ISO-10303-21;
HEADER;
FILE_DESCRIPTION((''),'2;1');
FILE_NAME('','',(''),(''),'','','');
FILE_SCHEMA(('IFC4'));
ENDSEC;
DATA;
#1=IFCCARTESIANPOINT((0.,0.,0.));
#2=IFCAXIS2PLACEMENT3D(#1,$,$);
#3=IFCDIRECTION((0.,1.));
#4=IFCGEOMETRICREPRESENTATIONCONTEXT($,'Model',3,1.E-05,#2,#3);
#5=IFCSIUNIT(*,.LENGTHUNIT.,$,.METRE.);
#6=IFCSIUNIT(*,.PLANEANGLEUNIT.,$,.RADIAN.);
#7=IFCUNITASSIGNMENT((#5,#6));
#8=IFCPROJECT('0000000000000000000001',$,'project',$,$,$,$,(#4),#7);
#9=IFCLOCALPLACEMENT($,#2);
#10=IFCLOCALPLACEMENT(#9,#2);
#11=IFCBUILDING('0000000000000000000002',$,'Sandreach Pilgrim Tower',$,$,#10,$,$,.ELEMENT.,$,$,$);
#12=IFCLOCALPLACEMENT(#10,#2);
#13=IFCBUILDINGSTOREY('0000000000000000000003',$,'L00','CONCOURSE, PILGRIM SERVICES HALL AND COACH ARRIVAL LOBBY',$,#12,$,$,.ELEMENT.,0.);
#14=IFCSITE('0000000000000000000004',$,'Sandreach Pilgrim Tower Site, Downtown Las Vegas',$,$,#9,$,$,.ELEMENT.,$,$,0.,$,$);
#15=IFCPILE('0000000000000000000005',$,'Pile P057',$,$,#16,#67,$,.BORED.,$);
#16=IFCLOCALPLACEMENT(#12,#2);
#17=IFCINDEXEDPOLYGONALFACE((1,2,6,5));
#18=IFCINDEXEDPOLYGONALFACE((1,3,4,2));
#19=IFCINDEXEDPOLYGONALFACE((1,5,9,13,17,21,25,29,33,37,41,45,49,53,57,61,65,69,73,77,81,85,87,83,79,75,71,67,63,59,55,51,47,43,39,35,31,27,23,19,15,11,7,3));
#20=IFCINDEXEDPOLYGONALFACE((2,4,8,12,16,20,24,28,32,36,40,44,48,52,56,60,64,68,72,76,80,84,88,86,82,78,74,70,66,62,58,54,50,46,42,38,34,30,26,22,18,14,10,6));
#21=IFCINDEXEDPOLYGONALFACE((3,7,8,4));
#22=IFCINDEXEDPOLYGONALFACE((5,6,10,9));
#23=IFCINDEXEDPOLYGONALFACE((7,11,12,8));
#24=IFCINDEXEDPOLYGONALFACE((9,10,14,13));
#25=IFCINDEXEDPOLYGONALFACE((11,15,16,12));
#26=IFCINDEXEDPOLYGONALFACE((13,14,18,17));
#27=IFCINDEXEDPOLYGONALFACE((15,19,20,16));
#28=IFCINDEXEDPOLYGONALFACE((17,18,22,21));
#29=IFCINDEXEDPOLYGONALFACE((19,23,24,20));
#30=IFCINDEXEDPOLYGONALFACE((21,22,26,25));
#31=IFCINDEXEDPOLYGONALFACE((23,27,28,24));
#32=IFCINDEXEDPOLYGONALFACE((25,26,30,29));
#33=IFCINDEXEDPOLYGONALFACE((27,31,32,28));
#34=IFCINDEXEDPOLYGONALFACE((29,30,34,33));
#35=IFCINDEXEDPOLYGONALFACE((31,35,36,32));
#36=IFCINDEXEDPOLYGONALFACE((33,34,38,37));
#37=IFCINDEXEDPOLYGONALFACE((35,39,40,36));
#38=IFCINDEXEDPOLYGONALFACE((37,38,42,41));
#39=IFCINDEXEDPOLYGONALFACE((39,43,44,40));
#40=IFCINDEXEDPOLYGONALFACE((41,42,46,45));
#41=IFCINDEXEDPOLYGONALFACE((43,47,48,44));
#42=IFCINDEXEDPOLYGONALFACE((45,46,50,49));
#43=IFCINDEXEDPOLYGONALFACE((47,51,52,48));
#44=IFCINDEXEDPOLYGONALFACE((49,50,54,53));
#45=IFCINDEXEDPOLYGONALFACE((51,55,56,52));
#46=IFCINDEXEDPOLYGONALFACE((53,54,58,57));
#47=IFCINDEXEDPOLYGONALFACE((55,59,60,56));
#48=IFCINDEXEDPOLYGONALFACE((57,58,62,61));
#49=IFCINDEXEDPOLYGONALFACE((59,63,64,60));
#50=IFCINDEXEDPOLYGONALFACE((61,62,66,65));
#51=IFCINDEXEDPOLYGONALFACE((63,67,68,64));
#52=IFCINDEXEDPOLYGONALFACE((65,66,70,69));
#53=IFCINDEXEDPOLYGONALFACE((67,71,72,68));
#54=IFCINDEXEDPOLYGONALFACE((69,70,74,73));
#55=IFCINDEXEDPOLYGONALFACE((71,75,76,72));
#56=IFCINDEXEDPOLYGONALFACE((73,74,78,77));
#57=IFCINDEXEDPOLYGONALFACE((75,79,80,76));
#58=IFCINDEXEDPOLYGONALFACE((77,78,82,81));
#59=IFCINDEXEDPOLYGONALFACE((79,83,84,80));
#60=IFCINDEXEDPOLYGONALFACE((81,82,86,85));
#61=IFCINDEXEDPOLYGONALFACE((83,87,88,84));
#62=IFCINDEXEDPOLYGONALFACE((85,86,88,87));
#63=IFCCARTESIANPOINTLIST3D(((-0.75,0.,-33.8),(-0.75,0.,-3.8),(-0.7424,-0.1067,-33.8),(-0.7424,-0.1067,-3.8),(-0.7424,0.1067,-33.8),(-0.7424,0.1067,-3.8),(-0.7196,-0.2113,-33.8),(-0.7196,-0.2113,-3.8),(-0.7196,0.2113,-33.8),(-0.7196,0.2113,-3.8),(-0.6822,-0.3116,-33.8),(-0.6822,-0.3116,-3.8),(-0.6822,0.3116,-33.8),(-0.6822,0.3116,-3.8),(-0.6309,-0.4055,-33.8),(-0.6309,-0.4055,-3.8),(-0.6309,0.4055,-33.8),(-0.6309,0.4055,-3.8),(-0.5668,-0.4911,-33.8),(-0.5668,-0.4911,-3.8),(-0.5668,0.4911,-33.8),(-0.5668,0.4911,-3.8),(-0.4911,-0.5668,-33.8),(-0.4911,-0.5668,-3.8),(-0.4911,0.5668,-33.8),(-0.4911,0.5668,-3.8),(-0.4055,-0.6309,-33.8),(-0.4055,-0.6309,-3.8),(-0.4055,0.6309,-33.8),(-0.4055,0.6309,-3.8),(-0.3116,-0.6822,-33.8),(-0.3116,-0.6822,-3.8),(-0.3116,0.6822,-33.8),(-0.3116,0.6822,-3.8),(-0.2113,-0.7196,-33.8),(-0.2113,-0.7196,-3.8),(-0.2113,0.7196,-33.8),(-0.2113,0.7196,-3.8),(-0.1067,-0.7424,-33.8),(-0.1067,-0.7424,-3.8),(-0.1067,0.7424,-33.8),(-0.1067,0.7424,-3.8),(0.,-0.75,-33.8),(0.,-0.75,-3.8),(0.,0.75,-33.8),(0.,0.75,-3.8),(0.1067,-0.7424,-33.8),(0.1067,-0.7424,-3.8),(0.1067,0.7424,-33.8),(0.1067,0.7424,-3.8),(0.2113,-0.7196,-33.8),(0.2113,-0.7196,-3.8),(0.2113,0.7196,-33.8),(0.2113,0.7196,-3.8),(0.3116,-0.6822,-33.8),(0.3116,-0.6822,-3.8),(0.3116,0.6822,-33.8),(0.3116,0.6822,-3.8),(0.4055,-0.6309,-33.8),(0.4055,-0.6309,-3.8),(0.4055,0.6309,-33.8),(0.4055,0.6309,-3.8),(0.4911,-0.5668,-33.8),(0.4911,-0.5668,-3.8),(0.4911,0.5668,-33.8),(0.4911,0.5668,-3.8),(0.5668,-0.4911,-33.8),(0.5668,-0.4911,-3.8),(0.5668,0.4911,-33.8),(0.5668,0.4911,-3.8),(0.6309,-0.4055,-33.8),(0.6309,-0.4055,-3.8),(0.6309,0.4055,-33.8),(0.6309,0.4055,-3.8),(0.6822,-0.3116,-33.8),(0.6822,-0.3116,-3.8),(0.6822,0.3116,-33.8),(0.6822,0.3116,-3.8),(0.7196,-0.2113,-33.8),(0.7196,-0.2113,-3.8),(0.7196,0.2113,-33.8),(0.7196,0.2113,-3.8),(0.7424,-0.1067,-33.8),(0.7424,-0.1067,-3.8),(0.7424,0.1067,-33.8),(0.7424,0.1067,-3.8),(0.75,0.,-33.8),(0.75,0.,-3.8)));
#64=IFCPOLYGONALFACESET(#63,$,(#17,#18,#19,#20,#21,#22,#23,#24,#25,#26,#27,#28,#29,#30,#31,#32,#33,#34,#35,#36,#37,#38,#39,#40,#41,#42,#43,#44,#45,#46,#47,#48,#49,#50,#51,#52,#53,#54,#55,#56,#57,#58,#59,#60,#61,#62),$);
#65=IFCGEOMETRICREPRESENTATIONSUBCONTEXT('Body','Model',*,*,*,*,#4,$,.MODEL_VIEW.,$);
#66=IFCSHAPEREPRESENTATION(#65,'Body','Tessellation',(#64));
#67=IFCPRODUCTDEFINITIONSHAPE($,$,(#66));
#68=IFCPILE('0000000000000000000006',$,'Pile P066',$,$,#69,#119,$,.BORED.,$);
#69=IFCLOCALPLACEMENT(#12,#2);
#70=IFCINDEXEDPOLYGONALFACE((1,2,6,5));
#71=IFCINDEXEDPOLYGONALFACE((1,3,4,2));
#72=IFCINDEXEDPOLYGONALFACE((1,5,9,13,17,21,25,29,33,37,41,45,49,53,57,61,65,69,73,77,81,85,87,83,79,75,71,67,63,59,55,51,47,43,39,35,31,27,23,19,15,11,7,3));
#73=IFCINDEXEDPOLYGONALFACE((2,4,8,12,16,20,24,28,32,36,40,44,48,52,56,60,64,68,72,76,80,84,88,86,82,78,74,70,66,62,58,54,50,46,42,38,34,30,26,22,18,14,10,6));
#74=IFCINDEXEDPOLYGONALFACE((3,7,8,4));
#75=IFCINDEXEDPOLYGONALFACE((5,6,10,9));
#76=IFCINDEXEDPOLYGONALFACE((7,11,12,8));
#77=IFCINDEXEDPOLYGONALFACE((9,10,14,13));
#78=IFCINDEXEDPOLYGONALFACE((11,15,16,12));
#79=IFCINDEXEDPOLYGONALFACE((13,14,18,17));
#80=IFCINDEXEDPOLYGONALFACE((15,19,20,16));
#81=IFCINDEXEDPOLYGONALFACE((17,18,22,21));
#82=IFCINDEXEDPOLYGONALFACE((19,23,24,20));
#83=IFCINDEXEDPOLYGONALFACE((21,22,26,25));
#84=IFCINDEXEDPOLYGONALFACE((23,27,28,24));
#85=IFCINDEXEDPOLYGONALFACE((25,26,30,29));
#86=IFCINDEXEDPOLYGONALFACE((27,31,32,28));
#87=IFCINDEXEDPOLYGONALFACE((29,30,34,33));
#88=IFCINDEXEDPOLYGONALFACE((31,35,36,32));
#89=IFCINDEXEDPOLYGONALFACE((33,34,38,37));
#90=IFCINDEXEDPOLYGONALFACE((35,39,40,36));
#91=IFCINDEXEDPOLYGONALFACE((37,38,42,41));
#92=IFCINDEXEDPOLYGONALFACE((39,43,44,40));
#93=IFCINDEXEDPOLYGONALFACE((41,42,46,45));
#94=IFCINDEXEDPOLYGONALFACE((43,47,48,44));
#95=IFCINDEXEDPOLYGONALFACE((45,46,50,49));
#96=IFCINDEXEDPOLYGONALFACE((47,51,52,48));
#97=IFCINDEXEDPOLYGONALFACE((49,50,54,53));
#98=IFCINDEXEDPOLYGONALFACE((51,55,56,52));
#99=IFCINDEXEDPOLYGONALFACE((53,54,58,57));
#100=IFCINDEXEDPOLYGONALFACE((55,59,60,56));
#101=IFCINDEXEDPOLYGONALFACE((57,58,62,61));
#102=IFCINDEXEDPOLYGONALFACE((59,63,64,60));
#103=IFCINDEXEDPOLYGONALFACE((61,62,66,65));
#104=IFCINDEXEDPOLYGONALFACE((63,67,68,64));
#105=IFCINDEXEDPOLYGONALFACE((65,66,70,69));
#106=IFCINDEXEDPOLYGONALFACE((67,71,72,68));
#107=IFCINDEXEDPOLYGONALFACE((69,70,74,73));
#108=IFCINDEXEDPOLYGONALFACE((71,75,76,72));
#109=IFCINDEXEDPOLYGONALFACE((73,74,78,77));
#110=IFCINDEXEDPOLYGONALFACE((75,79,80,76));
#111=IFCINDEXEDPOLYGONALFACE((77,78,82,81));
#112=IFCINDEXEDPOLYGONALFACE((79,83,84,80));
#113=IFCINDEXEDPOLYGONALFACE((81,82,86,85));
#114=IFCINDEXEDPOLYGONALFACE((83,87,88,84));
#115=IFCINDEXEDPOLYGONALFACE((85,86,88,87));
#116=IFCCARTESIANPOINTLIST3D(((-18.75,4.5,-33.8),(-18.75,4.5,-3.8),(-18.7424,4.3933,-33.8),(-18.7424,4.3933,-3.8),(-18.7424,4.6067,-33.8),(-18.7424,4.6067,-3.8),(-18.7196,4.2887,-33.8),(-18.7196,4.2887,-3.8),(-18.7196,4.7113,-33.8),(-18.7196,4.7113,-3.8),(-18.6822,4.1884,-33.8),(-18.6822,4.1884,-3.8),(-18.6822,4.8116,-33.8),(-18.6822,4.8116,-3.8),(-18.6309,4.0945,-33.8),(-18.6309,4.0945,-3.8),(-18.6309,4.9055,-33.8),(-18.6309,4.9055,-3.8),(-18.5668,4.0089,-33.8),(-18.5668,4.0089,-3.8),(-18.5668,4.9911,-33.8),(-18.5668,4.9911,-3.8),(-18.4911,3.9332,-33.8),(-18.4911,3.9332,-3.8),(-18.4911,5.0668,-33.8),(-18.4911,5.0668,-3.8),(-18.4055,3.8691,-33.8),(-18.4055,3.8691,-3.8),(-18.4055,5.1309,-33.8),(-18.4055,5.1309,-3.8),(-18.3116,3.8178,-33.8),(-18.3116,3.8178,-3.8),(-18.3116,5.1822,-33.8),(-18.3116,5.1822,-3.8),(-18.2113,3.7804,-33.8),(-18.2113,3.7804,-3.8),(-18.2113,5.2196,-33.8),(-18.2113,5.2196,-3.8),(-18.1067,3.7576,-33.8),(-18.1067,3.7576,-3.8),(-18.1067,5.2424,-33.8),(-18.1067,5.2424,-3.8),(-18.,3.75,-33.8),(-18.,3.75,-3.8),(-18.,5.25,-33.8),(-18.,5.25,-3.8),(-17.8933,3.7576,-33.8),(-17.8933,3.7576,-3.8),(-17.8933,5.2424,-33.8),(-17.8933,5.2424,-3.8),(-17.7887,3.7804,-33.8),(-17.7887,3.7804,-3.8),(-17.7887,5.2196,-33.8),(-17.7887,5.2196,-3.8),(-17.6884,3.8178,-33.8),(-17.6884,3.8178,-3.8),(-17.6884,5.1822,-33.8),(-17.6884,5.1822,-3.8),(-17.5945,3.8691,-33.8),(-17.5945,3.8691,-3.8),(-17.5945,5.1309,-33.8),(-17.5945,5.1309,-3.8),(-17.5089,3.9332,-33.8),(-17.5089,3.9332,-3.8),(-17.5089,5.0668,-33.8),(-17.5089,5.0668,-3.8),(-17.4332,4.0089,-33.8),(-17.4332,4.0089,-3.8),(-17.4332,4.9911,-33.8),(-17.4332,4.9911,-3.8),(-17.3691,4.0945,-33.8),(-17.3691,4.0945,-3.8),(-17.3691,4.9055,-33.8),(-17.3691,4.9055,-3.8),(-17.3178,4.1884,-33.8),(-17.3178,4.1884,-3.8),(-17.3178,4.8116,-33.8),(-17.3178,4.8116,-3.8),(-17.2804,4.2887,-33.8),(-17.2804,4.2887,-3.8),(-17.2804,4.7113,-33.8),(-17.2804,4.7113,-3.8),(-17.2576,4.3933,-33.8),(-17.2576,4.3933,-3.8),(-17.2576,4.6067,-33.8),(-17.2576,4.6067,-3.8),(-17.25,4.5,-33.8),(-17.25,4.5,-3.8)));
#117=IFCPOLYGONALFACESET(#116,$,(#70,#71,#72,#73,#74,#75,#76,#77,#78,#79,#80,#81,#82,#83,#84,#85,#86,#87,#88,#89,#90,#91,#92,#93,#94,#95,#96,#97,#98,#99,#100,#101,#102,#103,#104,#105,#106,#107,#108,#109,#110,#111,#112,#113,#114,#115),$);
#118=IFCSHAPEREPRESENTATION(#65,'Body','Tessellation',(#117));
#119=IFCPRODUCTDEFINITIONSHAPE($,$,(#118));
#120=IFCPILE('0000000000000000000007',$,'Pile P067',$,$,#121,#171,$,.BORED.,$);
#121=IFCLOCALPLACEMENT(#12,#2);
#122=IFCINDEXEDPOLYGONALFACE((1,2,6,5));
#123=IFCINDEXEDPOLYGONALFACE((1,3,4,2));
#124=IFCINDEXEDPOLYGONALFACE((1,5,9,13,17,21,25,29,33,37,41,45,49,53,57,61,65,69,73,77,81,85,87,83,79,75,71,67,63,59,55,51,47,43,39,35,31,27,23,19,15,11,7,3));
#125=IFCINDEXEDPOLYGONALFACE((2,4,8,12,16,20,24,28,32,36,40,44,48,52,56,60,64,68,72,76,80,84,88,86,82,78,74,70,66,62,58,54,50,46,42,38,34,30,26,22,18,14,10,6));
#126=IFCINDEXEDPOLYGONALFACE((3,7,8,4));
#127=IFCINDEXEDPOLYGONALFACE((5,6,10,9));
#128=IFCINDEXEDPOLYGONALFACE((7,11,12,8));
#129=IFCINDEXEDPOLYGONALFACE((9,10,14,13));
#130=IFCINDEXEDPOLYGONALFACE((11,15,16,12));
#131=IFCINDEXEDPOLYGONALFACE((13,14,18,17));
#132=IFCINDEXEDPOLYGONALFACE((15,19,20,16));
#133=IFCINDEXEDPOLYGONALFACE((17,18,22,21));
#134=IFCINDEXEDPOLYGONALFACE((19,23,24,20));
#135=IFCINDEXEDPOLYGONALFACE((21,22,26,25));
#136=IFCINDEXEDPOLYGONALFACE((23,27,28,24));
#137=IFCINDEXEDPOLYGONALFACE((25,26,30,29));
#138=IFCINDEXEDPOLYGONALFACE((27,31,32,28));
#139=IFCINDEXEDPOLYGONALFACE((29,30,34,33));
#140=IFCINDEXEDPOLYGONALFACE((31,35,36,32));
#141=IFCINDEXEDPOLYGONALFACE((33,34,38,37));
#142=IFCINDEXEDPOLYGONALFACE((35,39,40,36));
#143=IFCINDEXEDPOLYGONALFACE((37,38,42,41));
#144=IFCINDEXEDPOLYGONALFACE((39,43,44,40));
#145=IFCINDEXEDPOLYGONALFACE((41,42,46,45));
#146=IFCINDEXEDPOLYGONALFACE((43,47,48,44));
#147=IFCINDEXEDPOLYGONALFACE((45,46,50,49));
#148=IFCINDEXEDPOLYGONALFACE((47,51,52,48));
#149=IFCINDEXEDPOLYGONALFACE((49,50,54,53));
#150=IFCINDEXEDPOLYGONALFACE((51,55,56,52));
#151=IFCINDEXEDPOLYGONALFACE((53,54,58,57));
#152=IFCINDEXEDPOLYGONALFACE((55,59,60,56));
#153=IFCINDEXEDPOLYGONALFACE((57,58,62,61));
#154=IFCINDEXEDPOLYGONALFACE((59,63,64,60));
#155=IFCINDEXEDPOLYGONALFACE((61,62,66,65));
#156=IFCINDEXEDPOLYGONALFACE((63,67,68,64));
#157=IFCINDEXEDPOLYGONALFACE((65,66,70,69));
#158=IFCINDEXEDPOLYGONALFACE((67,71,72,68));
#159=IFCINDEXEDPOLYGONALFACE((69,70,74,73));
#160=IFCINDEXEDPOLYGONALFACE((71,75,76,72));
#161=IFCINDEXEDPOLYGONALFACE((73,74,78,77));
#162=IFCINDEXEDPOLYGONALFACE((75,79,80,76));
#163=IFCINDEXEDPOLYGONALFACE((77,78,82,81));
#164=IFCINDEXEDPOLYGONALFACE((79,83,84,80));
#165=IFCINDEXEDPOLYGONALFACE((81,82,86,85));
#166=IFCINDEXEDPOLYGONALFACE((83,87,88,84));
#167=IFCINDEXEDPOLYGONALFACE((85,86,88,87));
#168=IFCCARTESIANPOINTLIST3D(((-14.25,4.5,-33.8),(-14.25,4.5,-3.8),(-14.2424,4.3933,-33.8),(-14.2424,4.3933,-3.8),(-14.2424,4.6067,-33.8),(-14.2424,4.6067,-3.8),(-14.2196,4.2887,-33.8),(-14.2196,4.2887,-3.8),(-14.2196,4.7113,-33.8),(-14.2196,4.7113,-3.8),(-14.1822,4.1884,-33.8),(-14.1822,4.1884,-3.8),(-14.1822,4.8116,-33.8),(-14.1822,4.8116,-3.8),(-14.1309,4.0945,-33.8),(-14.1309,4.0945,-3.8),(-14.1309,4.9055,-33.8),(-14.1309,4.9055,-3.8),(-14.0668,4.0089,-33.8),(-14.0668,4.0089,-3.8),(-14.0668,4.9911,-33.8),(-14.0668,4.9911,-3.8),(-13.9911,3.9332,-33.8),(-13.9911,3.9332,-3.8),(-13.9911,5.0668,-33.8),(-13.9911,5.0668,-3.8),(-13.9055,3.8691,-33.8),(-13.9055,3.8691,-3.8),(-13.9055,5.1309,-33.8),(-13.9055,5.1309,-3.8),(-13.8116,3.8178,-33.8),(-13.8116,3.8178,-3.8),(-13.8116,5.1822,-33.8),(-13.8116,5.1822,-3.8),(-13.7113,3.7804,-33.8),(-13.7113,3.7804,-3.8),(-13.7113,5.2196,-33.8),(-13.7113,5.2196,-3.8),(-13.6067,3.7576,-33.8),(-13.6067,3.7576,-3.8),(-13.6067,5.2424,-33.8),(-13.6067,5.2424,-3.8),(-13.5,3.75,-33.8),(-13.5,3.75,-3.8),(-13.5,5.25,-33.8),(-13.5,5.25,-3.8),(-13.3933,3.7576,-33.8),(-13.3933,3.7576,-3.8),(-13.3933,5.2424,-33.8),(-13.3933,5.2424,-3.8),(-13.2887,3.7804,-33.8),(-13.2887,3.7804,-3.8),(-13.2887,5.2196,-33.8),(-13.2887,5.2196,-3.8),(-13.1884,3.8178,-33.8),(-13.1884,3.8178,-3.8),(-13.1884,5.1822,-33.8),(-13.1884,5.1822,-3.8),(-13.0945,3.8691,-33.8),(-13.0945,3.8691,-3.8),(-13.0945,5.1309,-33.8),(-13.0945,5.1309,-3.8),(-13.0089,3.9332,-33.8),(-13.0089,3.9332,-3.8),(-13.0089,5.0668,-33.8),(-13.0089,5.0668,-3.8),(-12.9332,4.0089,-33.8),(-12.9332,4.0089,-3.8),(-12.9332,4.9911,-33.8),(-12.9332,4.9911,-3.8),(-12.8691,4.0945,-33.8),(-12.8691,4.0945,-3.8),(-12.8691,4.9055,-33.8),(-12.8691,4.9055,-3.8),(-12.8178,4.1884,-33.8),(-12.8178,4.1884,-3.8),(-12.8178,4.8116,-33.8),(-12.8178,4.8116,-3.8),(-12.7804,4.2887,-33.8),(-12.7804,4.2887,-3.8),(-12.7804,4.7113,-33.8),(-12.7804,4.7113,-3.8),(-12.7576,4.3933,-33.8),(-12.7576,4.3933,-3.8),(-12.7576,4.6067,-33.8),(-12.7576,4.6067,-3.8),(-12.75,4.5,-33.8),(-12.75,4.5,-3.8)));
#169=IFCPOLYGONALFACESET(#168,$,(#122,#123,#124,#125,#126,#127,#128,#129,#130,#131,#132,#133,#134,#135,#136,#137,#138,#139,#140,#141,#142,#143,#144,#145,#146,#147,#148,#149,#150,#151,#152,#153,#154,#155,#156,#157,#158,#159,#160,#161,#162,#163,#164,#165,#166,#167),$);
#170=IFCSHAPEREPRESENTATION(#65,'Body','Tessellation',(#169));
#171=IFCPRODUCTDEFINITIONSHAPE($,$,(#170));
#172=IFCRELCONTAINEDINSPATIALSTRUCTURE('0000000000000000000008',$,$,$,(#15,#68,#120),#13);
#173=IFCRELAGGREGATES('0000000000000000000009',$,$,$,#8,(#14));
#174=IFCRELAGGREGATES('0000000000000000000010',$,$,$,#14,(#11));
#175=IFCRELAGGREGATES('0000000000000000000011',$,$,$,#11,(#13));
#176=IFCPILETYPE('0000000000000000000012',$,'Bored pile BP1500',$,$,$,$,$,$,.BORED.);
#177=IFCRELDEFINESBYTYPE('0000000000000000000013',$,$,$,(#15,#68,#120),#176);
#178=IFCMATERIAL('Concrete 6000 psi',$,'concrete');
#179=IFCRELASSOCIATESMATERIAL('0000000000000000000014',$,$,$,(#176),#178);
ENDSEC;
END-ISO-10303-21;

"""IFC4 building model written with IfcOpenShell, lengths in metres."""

from ifc_helpers import new_model, si_unit, direction, frame, origin, origin_2d, place, context, subcontext, project, spatial, circle, extrude, material, material_profile, profile_set, type_object, element, save


model = new_model("IFC4")

# Units and contexts
model_context = context("Model", 3, precision=1e-05, world=origin(), true_north=direction((0.0, 1.0)))
body_context = subcontext(model_context, "Body", "Model", "MODEL_VIEW")
ifc_project = project(units=[si_unit("LENGTHUNIT", "METRE"), si_unit("PLANEANGLEUNIT", "RADIAN")], contexts=[model_context])

# Site, building, storey
site_placement = place(None, origin())
site = spatial("IfcSite", under=ifc_project, at=site_placement, Name="Sandreach Pilgrim Tower Site, Downtown Las Vegas", CompositionType="ELEMENT", RefElevation=0.0)
building_placement = place(site_placement, origin())
building = spatial("IfcBuilding", under=site, at=building_placement, Name="Sandreach Pilgrim Tower", CompositionType="ELEMENT")
storey_placement = place(building_placement, origin())
storey = spatial("IfcBuildingStorey", under=building, at=storey_placement, Name="L00", Description="CONCOURSE, PILGRIM SERVICES HALL AND COACH ARRIVAL LOBBY", CompositionType="ELEMENT", Elevation=0.0)

# Piles
ifc_material_1 = material(Name="Concrete 6000 psi", Category="concrete")
ifc_material_profile = material_profile(ifc_material_1, circle(Radius=0.75, at=origin_2d()), Name="BP1500")
ifc_profile_set = profile_set([ifc_material_profile], Name="Concrete 6000 psi")
pile_type = type_object("IfcPileType", Name="Bored pile BP1500", PredefinedType="BORED", material=ifc_profile_set)
for number, where, z_axis, x_axis, name in (
    (1, (0.0, 0.0, -3.8), (0.0, 0.0, -1.0), (1.0, 0.0, 0.0), "Pile P057"),
    (2, (-18.0, 4.5, -3.8), (0.0, 0.0, -1.0), (1.0, 0.0, 0.0), "Pile P066"),
    (3, (-13.5, 4.5, -3.8), (0.0, 0.0, -1.0), (1.0, 0.0, 0.0), "Pile P067"),
):
    element("IfcPile", number, at=place(storey_placement, frame(where, z_axis=z_axis, x_axis=x_axis)), inside=storey, type_object=pile_type, Name=name, PredefinedType="BORED", context=body_context, shape_type="SweptSolid", body=[
        extrude(circle(Radius=0.75, at=origin_2d()), origin(), (0.0, 0.0, 1.0), 30.0),
    ])

save(model, "model.ifc")
